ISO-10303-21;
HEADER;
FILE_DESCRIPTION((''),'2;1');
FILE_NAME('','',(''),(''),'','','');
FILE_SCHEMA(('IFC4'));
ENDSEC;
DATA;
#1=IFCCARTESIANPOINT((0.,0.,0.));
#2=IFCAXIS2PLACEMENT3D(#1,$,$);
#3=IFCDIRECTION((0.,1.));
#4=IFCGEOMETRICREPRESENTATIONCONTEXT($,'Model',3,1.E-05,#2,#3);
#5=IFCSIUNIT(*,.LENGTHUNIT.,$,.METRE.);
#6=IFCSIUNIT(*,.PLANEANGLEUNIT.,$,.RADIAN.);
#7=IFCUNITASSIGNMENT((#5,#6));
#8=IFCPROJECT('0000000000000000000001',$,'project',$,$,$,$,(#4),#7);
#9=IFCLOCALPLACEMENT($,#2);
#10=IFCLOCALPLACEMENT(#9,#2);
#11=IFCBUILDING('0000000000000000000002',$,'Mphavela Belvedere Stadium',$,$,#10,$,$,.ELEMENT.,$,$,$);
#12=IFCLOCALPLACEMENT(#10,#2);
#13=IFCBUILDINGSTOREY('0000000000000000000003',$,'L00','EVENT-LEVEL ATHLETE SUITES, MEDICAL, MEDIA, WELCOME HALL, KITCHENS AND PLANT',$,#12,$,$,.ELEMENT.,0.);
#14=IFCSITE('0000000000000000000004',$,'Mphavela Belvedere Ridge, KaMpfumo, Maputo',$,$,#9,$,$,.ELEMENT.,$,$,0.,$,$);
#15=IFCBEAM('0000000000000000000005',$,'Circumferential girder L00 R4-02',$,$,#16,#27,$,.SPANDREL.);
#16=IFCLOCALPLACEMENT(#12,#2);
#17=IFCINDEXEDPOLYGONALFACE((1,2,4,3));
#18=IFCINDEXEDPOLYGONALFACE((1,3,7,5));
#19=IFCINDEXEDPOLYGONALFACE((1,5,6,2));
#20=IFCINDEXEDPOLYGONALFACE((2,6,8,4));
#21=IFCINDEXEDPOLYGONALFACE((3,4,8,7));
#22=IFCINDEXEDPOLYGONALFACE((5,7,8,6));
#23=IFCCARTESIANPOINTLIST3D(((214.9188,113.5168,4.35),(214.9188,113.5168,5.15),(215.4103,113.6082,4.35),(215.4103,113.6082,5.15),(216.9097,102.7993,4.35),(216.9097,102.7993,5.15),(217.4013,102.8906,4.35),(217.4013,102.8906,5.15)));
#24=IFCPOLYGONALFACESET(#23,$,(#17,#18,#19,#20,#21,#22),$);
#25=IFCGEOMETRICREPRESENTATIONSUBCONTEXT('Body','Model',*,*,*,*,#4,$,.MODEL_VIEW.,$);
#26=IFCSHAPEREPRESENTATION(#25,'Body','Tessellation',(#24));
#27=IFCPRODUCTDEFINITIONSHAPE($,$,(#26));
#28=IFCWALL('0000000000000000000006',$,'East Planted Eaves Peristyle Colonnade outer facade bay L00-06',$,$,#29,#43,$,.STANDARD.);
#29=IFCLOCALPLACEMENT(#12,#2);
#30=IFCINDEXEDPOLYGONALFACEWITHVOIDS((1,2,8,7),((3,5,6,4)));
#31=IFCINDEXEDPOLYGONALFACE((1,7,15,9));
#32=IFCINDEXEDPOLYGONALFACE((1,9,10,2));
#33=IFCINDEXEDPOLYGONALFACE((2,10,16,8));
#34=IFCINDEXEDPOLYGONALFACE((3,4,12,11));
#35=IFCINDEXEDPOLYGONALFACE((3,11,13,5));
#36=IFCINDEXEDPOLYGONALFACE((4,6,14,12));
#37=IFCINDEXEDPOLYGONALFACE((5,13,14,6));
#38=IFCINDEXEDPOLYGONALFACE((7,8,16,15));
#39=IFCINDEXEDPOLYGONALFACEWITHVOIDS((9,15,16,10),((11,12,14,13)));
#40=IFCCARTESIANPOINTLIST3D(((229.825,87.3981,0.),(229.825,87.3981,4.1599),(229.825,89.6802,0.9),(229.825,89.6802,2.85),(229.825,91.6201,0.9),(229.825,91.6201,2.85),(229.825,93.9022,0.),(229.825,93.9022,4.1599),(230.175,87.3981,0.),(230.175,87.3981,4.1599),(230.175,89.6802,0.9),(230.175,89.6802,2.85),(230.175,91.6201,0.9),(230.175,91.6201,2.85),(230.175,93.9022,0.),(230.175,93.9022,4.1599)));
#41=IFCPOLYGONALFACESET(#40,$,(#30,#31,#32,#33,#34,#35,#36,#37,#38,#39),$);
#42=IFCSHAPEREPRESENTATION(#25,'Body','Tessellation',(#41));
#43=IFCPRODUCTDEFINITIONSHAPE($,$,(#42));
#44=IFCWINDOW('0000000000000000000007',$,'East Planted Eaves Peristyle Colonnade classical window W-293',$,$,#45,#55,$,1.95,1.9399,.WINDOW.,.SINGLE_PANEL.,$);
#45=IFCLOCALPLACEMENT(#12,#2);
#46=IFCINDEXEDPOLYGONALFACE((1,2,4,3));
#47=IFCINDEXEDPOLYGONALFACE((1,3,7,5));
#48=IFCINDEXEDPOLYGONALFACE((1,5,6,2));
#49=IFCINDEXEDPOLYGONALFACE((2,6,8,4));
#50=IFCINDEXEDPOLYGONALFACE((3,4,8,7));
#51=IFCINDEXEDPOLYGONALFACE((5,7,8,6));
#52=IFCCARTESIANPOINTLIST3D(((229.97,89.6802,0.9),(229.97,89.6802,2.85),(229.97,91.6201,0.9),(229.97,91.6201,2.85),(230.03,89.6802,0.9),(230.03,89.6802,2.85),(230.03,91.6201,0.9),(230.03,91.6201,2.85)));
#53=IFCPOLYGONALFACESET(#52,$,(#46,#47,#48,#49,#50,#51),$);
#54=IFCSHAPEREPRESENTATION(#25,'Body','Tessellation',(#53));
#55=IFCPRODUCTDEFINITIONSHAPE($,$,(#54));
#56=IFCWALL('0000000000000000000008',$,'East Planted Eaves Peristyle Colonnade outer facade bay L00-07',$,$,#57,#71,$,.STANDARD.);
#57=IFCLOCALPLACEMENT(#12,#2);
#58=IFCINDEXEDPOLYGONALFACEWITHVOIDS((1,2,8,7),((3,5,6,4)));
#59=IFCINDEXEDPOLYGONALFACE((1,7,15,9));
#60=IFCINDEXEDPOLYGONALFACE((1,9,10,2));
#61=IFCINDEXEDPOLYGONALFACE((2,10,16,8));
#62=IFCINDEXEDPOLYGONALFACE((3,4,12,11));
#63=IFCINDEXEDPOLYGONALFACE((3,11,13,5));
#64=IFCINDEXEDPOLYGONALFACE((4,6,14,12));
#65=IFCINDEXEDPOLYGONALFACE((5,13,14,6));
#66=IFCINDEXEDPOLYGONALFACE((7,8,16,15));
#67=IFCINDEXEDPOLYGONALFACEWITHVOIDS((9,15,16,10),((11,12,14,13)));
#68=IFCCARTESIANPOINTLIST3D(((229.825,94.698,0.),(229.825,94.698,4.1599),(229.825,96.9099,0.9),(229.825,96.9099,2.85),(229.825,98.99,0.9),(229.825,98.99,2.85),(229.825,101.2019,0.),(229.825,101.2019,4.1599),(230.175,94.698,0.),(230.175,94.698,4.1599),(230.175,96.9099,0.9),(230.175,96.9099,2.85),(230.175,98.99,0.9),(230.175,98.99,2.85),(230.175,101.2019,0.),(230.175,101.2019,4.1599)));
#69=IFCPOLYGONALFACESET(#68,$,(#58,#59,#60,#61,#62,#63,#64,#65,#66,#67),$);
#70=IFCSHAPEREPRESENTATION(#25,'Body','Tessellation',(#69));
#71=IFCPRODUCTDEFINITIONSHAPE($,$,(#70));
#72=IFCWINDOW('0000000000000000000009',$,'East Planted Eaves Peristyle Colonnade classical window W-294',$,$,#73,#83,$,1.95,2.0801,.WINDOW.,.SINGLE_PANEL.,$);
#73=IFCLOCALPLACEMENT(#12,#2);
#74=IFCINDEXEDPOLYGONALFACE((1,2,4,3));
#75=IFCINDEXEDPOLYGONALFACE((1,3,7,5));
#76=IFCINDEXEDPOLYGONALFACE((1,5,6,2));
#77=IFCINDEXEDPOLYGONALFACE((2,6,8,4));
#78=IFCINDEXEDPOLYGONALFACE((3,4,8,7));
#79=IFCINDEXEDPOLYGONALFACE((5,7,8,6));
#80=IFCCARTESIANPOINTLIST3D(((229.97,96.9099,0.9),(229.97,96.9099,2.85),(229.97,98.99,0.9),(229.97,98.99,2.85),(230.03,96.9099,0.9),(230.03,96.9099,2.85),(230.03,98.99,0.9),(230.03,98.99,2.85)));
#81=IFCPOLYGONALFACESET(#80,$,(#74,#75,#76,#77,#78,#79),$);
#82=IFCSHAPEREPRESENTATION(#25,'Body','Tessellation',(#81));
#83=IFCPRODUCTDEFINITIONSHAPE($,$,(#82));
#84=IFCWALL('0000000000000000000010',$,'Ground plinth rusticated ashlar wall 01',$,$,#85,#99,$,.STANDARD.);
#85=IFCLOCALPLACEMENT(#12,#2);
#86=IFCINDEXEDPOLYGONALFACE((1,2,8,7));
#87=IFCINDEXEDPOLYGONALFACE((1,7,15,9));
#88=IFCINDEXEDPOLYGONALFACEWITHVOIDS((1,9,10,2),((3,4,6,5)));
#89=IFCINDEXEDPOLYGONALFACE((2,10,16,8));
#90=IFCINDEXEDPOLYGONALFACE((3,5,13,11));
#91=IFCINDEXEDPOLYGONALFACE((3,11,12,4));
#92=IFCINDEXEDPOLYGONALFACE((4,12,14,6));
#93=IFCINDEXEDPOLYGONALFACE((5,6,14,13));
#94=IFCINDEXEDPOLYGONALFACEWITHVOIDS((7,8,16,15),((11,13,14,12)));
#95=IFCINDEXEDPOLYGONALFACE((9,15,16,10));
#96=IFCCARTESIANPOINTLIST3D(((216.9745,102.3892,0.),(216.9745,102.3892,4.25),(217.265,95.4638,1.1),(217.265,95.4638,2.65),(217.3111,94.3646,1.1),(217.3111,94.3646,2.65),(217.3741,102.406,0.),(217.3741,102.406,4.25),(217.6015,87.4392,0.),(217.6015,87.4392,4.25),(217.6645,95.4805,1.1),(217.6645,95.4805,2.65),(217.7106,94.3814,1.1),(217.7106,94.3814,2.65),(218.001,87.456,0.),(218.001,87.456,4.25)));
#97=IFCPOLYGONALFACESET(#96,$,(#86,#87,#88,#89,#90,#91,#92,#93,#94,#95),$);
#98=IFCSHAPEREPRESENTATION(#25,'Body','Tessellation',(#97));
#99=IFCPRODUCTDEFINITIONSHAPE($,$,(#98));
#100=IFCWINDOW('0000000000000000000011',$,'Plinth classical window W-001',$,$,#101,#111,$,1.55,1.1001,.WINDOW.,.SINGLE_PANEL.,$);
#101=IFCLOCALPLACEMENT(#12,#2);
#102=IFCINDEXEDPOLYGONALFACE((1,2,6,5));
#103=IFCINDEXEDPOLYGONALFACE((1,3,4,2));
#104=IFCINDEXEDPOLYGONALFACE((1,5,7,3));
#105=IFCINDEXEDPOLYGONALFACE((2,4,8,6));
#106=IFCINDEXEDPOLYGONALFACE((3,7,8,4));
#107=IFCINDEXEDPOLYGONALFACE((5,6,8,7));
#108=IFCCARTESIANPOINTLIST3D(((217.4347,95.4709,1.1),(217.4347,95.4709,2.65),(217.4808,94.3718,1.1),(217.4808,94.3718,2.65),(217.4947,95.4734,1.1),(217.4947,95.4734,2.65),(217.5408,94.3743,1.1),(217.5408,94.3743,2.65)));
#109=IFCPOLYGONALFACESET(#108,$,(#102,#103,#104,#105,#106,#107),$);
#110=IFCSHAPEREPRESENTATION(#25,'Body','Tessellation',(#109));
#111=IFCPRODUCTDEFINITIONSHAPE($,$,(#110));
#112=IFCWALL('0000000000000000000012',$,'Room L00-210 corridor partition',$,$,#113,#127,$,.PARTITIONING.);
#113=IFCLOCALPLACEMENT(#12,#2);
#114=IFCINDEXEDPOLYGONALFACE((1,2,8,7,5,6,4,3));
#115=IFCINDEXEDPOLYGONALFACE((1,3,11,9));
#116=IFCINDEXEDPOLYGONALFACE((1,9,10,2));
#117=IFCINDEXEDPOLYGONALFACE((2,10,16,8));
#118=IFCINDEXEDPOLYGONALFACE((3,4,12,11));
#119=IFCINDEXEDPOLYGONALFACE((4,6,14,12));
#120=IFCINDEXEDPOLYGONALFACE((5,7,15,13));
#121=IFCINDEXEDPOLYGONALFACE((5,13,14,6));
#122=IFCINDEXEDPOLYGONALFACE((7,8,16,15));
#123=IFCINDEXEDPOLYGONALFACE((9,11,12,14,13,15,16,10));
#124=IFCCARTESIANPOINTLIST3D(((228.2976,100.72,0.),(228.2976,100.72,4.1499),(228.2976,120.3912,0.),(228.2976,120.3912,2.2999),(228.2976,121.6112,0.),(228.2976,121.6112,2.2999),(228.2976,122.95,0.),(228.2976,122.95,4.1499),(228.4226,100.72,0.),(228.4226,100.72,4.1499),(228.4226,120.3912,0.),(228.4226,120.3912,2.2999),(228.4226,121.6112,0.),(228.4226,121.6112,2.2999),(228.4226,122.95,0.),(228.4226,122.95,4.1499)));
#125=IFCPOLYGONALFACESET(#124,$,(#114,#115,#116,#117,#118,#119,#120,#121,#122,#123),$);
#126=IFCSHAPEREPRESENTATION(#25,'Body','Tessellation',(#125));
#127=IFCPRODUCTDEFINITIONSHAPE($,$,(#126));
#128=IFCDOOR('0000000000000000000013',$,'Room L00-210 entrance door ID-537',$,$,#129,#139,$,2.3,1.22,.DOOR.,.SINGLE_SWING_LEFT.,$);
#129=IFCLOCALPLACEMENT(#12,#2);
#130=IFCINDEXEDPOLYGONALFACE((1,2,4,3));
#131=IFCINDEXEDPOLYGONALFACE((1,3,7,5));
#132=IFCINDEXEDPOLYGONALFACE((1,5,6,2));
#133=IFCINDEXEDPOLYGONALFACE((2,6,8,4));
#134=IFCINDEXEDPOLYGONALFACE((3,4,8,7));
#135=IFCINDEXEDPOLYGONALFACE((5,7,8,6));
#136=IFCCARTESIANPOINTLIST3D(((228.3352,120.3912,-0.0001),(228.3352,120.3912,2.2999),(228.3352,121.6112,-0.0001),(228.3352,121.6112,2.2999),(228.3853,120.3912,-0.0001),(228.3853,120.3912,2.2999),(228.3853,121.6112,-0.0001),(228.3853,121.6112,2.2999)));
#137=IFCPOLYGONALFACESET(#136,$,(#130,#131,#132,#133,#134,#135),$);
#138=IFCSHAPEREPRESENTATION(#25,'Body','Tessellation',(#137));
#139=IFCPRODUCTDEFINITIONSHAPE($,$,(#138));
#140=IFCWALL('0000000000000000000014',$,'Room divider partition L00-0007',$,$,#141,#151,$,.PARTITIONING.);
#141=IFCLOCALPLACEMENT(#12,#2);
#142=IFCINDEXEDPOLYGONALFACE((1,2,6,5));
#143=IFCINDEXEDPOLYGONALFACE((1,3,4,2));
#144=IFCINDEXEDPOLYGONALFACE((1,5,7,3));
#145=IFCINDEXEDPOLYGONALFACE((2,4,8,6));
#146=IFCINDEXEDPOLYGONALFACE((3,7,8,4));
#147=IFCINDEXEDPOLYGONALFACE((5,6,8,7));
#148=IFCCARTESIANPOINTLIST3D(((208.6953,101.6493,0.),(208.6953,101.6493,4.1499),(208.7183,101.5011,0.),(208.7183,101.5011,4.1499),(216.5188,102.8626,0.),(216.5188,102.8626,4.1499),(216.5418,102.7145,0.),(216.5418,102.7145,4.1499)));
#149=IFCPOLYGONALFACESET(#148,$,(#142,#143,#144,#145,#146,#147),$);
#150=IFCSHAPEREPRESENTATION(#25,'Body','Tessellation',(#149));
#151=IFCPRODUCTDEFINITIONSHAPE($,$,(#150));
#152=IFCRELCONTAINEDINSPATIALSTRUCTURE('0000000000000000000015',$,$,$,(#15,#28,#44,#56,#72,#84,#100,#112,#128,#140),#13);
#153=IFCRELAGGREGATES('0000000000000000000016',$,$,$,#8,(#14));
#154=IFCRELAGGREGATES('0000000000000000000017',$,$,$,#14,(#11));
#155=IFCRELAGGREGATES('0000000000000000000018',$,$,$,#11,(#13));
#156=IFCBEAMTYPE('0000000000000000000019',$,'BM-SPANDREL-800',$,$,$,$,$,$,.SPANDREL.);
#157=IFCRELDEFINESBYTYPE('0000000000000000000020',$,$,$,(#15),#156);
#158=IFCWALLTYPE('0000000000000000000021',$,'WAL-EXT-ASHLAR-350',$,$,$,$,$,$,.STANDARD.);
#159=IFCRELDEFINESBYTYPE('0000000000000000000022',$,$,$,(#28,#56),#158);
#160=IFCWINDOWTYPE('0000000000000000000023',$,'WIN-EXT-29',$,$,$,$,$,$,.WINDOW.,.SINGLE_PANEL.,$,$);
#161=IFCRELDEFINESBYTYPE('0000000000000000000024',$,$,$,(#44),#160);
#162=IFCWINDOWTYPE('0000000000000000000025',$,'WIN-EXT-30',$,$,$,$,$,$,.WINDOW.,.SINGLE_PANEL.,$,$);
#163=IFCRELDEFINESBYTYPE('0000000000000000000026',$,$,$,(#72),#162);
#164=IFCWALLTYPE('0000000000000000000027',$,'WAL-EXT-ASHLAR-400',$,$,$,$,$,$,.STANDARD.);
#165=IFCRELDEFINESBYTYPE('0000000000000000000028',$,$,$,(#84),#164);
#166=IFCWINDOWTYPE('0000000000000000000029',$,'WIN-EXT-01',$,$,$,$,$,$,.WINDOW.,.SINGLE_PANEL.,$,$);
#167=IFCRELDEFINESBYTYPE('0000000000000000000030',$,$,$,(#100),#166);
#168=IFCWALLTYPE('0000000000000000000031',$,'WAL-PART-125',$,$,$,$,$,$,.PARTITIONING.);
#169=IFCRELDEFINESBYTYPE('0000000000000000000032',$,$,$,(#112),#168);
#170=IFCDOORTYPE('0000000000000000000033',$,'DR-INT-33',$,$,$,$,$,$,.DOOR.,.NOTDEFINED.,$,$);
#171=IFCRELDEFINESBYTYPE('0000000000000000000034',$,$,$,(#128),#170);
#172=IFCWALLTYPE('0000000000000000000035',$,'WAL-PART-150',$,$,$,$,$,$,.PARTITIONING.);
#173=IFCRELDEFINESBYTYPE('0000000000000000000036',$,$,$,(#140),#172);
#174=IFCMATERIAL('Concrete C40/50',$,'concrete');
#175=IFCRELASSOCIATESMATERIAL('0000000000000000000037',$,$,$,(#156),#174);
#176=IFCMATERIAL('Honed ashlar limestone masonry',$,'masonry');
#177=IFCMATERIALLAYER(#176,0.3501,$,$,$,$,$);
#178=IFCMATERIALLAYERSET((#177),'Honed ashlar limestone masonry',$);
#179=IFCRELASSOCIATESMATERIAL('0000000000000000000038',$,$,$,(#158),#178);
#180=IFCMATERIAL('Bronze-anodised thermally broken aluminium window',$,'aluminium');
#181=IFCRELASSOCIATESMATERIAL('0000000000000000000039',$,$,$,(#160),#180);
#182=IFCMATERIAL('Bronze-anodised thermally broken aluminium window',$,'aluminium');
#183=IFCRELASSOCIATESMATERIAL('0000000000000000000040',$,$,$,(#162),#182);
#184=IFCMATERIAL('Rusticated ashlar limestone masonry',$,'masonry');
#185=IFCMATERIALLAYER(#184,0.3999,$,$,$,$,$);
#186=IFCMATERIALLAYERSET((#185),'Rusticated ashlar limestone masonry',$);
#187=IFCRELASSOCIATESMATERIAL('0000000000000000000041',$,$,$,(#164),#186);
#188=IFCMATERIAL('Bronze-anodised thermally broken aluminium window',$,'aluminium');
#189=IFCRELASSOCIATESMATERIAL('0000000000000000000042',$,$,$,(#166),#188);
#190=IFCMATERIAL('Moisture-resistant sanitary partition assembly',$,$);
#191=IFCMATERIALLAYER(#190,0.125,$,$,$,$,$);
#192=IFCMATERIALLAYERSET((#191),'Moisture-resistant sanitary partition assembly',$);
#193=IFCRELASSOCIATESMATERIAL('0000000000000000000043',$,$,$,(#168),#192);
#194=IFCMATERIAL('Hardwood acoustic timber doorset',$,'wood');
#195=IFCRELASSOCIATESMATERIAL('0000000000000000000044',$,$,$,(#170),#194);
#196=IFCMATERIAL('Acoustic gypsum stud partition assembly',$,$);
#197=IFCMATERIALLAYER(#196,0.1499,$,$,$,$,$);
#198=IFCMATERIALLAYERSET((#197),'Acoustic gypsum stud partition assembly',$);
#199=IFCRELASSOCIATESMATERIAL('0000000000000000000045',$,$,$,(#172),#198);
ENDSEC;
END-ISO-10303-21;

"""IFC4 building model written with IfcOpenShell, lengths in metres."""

from ifc_helpers import new_model, si_unit, direction, frame, frame_2d, origin, origin_2d, place, context, subcontext, project, spatial, rectangle, extrude, material, layer, layer_set, material_profile, profile_set, type_object, element, fill, save


model = new_model("IFC4")

# Units and contexts
model_context = context("Model", 3, precision=1e-05, world=origin(), true_north=direction((0.0, 1.0)))
body_context = subcontext(model_context, "Body", "Model", "MODEL_VIEW")
ifc_project = project(units=[si_unit("LENGTHUNIT", "METRE"), si_unit("PLANEANGLEUNIT", "RADIAN")], contexts=[model_context])

# Site, building, storey
site_placement = place(None, origin())
site = spatial("IfcSite", under=ifc_project, at=site_placement, Name="Mphavela Belvedere Ridge, KaMpfumo, Maputo", CompositionType="ELEMENT", RefElevation=0.0)
building_placement = place(site_placement, origin())
building = spatial("IfcBuilding", under=site, at=building_placement, Name="Mphavela Belvedere Stadium", CompositionType="ELEMENT")
storey_placement = place(building_placement, origin())
storey = spatial("IfcBuildingStorey", under=building, at=storey_placement, Name="L00", Description="EVENT-LEVEL ATHLETE SUITES, MEDICAL, MEDIA, WELCOME HALL, KITCHENS AND PLANT", CompositionType="ELEMENT", Elevation=0.0)

# Beam
ifc_material_1 = material(Name="Concrete C40/50", Category="concrete")
ifc_material_profile_1 = material_profile(ifc_material_1, rectangle(XDim=0.5, YDim=0.8, at=origin_2d()), Name="RC 500x800")
ifc_profile_set_1 = profile_set([ifc_material_profile_1], Name="Concrete C40/50")
beam_type_1 = type_object("IfcBeamType", Name="BM-SPANDREL-800", PredefinedType="SPANDREL", material=ifc_profile_set_1)
beam_1_placement = place(storey_placement, frame((217.1555, 102.845, 4.75), z_axis=(-0.182643, 0.983179, 0.0), x_axis=(-0.983179, -0.182643, 0.0)))
element("IfcBeam", 1, at=beam_1_placement, inside=storey, type_object=beam_type_1, Name="Circumferential girder L00 R4-02", PredefinedType="SPANDREL", context=body_context, shape_type="SweptSolid", body=[
    extrude(rectangle(XDim=0.5, YDim=0.8, at=origin_2d()), origin(), (0.0, 0.0, 1.0), 10.9009),
])

# Walls, openings, windows
ifc_material_2 = material(Name="Honed ashlar limestone masonry", Category="masonry")
ifc_layer_1 = layer(ifc_material_2, 0.3501)
ifc_layer_set_1 = layer_set([ifc_layer_1], Name="Honed ashlar limestone masonry")
wall_type_1 = type_object("IfcWallType", Name="WAL-EXT-ASHLAR-350", PredefinedType="STANDARD", material=ifc_layer_set_1)
wall_1_placement = place(storey_placement, frame((230.0, 93.9021, 0.0), z_axis=(0.0, 0.0, 1.0), x_axis=(0.0, -1.0, 0.0)))
wall_1 = element("IfcWall", 2, at=wall_1_placement, inside=storey, type_object=wall_type_1, Name="East Planted Eaves Peristyle Colonnade outer facade bay L00-06", PredefinedType="STANDARD", context=body_context, shape_type="SweptSolid", body=[
    extrude(rectangle(XDim=6.5042, YDim=0.3501, at=frame_2d((3.252, 0.0))), origin(), (0.0, 0.0, 1.0), 4.1599),
])
opening_1_placement = place(wall_1_placement, frame((2.282, 0.0, 0.8999)))
opening_1 = element("IfcOpeningElement", 3, at=opening_1_placement, cuts=wall_1, PredefinedType="OPENING", context=body_context, shape_type="SweptSolid", body=[
    extrude(rectangle(XDim=1.9399, YDim=1.95, at=frame_2d((0.97, 0.9751))), frame((0.0, 0.1851, 0.0), z_axis=(0.0, -1.0, 0.0), x_axis=(1.0, 0.0, 0.0)), (0.0, 0.0, 1.0), 0.3701),
])
ifc_material_3 = material(Name="Bronze-anodised thermally broken aluminium window", Category="aluminium")
window_type_1 = type_object("IfcWindowType", Name="WIN-EXT-29", PartitioningType="SINGLE_PANEL", PredefinedType="WINDOW", material=ifc_material_3)
window_1_placement = place(opening_1_placement, origin())
window_1 = element("IfcWindow", 4, at=window_1_placement, inside=storey, type_object=window_type_1, Name="East Planted Eaves Peristyle Colonnade classical window W-293", OverallHeight=1.95, OverallWidth=1.9399, PartitioningType="SINGLE_PANEL", PredefinedType="WINDOW", context=body_context, shape_type="SweptSolid", body=[
    extrude(rectangle(XDim=1.9399, YDim=1.95, at=frame_2d((0.97, 0.9751))), frame((0.0, 0.03, 0.0), z_axis=(0.0, -1.0, 0.0), x_axis=(1.0, 0.0, 0.0)), (0.0, 0.0, 1.0), 0.0601),
])
fill(opening_1, window_1)
wall_2_placement = place(storey_placement, frame((230.0, 101.2019, 0.0), z_axis=(0.0, 0.0, 1.0), x_axis=(0.0, -1.0, 0.0)))
wall_2 = element("IfcWall", 5, at=wall_2_placement, inside=storey, type_object=wall_type_1, Name="East Planted Eaves Peristyle Colonnade outer facade bay L00-07", PredefinedType="STANDARD", context=body_context, shape_type="SweptSolid", body=[
    extrude(rectangle(XDim=6.5039, YDim=0.3501, at=frame_2d((3.252, 0.0))), origin(), (0.0, 0.0, 1.0), 4.1599),
])
opening_2_placement = place(wall_2_placement, frame((2.2119, 0.0, 0.8999)))
opening_2 = element("IfcOpeningElement", 6, at=opening_2_placement, cuts=wall_2, PredefinedType="OPENING", context=body_context, shape_type="SweptSolid", body=[
    extrude(rectangle(XDim=2.0801, YDim=1.95, at=frame_2d((1.04, 0.9751))), frame((0.0, 0.1851, 0.0), z_axis=(0.0, -1.0, 0.0), x_axis=(1.0, 0.0, 0.0)), (0.0, 0.0, 1.0), 0.3701),
])
ifc_material_4 = material(Name="Bronze-anodised thermally broken aluminium window", Category="aluminium")
window_type_2 = type_object("IfcWindowType", Name="WIN-EXT-30", PartitioningType="SINGLE_PANEL", PredefinedType="WINDOW", material=ifc_material_4)
window_2_placement = place(opening_2_placement, origin())
window_2 = element("IfcWindow", 7, at=window_2_placement, inside=storey, type_object=window_type_2, Name="East Planted Eaves Peristyle Colonnade classical window W-294", OverallHeight=1.95, OverallWidth=2.0801, PartitioningType="SINGLE_PANEL", PredefinedType="WINDOW", context=body_context, shape_type="SweptSolid", body=[
    extrude(rectangle(XDim=2.0801, YDim=1.95, at=frame_2d((1.04, 0.9751))), frame((0.0, 0.03, 0.0), z_axis=(0.0, -1.0, 0.0), x_axis=(1.0, 0.0, 0.0)), (0.0, 0.0, 1.0), 0.0601),
])
fill(opening_2, window_2)
ifc_material_5 = material(Name="Rusticated ashlar limestone masonry", Category="masonry")
ifc_layer_2 = layer(ifc_material_5, 0.3999)
ifc_layer_set_2 = layer_set([ifc_layer_2], Name="Rusticated ashlar limestone masonry")
wall_type_2 = type_object("IfcWallType", Name="WAL-EXT-ASHLAR-400", PredefinedType="STANDARD", material=ifc_layer_set_2)
wall_3_placement = place(storey_placement, frame((217.1743, 102.3975, 0.0), z_axis=(0.0, 0.0, 1.0), x_axis=(0.0419, -0.999122, 0.0)))
wall_3 = element("IfcWall", 8, at=wall_3_placement, inside=storey, type_object=wall_type_2, Name="Ground plinth rusticated ashlar wall 01", PredefinedType="STANDARD", context=body_context, shape_type="SweptSolid", body=[
    extrude(rectangle(XDim=14.9631, YDim=0.3999, at=frame_2d((7.4814, 0.0))), origin(), (0.0, 0.0, 1.0), 4.25),
])
opening_3_placement = place(wall_3_placement, frame((6.9314, 0.0, 1.1001)))
opening_3 = element("IfcOpeningElement", 9, at=opening_3_placement, cuts=wall_3, PredefinedType="OPENING", context=body_context, shape_type="SweptSolid", body=[
    extrude(rectangle(XDim=1.1001, YDim=1.55, at=frame_2d((0.55, 0.7749))), frame((0.0, 0.21, 0.0), z_axis=(0.0, -1.0, 0.0), x_axis=(1.0, 0.0, 0.0)), (0.0, 0.0, 1.0), 0.4199),
])
ifc_material_6 = material(Name="Bronze-anodised thermally broken aluminium window", Category="aluminium")
window_type_3 = type_object("IfcWindowType", Name="WIN-EXT-01", PartitioningType="SINGLE_PANEL", PredefinedType="WINDOW", material=ifc_material_6)
window_3_placement = place(opening_3_placement, origin())
window_3 = element("IfcWindow", 10, at=window_3_placement, inside=storey, type_object=window_type_3, Name="Plinth classical window W-001", OverallHeight=1.55, OverallWidth=1.1001, PartitioningType="SINGLE_PANEL", PredefinedType="WINDOW", context=body_context, shape_type="SweptSolid", body=[
    extrude(rectangle(XDim=1.1001, YDim=1.55, at=frame_2d((0.55, 0.7749))), frame((0.0, 0.03, 0.0), z_axis=(0.0, -1.0, 0.0), x_axis=(1.0, 0.0, 0.0)), (0.0, 0.0, 1.0), 0.0601),
])
fill(opening_3, window_3)

# Wall, opening, door
ifc_material_7 = material(Name="Moisture-resistant sanitary partition assembly")
ifc_layer_3 = layer(ifc_material_7, 0.125)
ifc_layer_set_3 = layer_set([ifc_layer_3], Name="Moisture-resistant sanitary partition assembly")
wall_type_3 = type_object("IfcWallType", Name="WAL-PART-125", PredefinedType="PARTITIONING", material=ifc_layer_set_3)
wall_4_placement = place(storey_placement, frame((228.3601, 100.72, 0.0), z_axis=(0.0, 0.0, 1.0), x_axis=(0.0, 1.0, 0.0)))
wall_4 = element("IfcWall", 11, at=wall_4_placement, inside=storey, type_object=wall_type_3, Name="Room L00-210 corridor partition", PredefinedType="PARTITIONING", context=body_context, shape_type="SweptSolid", body=[
    extrude(rectangle(XDim=22.23, YDim=0.125, at=frame_2d((11.115, 0.0))), origin(), (0.0, 0.0, 1.0), 4.1499),
])
opening_4_placement = place(wall_4_placement, frame((19.6714, 0.0, 0.0)))
opening_4 = element("IfcOpeningElement", 12, at=opening_4_placement, cuts=wall_4, PredefinedType="OPENING", context=body_context, shape_type="SweptSolid", body=[
    extrude(rectangle(XDim=1.22, YDim=2.3, at=frame_2d((0.6099, 1.1499))), frame((0.0, 0.0725, 0.0), z_axis=(0.0, -1.0, 0.0), x_axis=(1.0, 0.0, 0.0)), (0.0, 0.0, 1.0), 0.145),
])
ifc_material_8 = material(Name="Hardwood acoustic timber doorset", Category="wood")
door_type = type_object("IfcDoorType", Name="DR-INT-33", OperationType="NOTDEFINED", PredefinedType="DOOR", material=ifc_material_8)
door_placement = place(opening_4_placement, origin())
door = element("IfcDoor", 13, at=door_placement, inside=storey, type_object=door_type, Name="Room L00-210 entrance door ID-537", OperationType="SINGLE_SWING_LEFT", OverallHeight=2.3, OverallWidth=1.22, PredefinedType="DOOR", context=body_context, shape_type="SweptSolid", body=[
    extrude(rectangle(XDim=1.22, YDim=2.3, at=frame_2d((0.6099, 1.1499))), frame((0.0, 0.0249, 0.0), z_axis=(0.0, -1.0, 0.0), x_axis=(1.0, 0.0, 0.0)), (0.0, 0.0, 1.0), 0.05),
])
fill(opening_4, door)

# Wall
ifc_material_9 = material(Name="Acoustic gypsum stud partition assembly")
ifc_layer_4 = layer(ifc_material_9, 0.1499)
ifc_layer_set_4 = layer_set([ifc_layer_4], Name="Acoustic gypsum stud partition assembly")
wall_type_4 = type_object("IfcWallType", Name="WAL-PART-150", PredefinedType="PARTITIONING", material=ifc_layer_set_4)
wall_5_placement = place(storey_placement, frame((216.5303, 102.7886, 0.0), z_axis=(0.0, 0.0, 1.0), x_axis=(-0.988186, -0.153262, 0.0)))
element("IfcWall", 14, at=wall_5_placement, inside=storey, type_object=wall_type_4, Name="Room divider partition L00-0007", PredefinedType="PARTITIONING", context=body_context, shape_type="SweptSolid", body=[
    extrude(rectangle(XDim=7.917, YDim=0.1499, at=frame_2d((3.9585, 0.0))), origin(), (0.0, 0.0, 1.0), 4.1499),
])

save(model, "model.ifc")
